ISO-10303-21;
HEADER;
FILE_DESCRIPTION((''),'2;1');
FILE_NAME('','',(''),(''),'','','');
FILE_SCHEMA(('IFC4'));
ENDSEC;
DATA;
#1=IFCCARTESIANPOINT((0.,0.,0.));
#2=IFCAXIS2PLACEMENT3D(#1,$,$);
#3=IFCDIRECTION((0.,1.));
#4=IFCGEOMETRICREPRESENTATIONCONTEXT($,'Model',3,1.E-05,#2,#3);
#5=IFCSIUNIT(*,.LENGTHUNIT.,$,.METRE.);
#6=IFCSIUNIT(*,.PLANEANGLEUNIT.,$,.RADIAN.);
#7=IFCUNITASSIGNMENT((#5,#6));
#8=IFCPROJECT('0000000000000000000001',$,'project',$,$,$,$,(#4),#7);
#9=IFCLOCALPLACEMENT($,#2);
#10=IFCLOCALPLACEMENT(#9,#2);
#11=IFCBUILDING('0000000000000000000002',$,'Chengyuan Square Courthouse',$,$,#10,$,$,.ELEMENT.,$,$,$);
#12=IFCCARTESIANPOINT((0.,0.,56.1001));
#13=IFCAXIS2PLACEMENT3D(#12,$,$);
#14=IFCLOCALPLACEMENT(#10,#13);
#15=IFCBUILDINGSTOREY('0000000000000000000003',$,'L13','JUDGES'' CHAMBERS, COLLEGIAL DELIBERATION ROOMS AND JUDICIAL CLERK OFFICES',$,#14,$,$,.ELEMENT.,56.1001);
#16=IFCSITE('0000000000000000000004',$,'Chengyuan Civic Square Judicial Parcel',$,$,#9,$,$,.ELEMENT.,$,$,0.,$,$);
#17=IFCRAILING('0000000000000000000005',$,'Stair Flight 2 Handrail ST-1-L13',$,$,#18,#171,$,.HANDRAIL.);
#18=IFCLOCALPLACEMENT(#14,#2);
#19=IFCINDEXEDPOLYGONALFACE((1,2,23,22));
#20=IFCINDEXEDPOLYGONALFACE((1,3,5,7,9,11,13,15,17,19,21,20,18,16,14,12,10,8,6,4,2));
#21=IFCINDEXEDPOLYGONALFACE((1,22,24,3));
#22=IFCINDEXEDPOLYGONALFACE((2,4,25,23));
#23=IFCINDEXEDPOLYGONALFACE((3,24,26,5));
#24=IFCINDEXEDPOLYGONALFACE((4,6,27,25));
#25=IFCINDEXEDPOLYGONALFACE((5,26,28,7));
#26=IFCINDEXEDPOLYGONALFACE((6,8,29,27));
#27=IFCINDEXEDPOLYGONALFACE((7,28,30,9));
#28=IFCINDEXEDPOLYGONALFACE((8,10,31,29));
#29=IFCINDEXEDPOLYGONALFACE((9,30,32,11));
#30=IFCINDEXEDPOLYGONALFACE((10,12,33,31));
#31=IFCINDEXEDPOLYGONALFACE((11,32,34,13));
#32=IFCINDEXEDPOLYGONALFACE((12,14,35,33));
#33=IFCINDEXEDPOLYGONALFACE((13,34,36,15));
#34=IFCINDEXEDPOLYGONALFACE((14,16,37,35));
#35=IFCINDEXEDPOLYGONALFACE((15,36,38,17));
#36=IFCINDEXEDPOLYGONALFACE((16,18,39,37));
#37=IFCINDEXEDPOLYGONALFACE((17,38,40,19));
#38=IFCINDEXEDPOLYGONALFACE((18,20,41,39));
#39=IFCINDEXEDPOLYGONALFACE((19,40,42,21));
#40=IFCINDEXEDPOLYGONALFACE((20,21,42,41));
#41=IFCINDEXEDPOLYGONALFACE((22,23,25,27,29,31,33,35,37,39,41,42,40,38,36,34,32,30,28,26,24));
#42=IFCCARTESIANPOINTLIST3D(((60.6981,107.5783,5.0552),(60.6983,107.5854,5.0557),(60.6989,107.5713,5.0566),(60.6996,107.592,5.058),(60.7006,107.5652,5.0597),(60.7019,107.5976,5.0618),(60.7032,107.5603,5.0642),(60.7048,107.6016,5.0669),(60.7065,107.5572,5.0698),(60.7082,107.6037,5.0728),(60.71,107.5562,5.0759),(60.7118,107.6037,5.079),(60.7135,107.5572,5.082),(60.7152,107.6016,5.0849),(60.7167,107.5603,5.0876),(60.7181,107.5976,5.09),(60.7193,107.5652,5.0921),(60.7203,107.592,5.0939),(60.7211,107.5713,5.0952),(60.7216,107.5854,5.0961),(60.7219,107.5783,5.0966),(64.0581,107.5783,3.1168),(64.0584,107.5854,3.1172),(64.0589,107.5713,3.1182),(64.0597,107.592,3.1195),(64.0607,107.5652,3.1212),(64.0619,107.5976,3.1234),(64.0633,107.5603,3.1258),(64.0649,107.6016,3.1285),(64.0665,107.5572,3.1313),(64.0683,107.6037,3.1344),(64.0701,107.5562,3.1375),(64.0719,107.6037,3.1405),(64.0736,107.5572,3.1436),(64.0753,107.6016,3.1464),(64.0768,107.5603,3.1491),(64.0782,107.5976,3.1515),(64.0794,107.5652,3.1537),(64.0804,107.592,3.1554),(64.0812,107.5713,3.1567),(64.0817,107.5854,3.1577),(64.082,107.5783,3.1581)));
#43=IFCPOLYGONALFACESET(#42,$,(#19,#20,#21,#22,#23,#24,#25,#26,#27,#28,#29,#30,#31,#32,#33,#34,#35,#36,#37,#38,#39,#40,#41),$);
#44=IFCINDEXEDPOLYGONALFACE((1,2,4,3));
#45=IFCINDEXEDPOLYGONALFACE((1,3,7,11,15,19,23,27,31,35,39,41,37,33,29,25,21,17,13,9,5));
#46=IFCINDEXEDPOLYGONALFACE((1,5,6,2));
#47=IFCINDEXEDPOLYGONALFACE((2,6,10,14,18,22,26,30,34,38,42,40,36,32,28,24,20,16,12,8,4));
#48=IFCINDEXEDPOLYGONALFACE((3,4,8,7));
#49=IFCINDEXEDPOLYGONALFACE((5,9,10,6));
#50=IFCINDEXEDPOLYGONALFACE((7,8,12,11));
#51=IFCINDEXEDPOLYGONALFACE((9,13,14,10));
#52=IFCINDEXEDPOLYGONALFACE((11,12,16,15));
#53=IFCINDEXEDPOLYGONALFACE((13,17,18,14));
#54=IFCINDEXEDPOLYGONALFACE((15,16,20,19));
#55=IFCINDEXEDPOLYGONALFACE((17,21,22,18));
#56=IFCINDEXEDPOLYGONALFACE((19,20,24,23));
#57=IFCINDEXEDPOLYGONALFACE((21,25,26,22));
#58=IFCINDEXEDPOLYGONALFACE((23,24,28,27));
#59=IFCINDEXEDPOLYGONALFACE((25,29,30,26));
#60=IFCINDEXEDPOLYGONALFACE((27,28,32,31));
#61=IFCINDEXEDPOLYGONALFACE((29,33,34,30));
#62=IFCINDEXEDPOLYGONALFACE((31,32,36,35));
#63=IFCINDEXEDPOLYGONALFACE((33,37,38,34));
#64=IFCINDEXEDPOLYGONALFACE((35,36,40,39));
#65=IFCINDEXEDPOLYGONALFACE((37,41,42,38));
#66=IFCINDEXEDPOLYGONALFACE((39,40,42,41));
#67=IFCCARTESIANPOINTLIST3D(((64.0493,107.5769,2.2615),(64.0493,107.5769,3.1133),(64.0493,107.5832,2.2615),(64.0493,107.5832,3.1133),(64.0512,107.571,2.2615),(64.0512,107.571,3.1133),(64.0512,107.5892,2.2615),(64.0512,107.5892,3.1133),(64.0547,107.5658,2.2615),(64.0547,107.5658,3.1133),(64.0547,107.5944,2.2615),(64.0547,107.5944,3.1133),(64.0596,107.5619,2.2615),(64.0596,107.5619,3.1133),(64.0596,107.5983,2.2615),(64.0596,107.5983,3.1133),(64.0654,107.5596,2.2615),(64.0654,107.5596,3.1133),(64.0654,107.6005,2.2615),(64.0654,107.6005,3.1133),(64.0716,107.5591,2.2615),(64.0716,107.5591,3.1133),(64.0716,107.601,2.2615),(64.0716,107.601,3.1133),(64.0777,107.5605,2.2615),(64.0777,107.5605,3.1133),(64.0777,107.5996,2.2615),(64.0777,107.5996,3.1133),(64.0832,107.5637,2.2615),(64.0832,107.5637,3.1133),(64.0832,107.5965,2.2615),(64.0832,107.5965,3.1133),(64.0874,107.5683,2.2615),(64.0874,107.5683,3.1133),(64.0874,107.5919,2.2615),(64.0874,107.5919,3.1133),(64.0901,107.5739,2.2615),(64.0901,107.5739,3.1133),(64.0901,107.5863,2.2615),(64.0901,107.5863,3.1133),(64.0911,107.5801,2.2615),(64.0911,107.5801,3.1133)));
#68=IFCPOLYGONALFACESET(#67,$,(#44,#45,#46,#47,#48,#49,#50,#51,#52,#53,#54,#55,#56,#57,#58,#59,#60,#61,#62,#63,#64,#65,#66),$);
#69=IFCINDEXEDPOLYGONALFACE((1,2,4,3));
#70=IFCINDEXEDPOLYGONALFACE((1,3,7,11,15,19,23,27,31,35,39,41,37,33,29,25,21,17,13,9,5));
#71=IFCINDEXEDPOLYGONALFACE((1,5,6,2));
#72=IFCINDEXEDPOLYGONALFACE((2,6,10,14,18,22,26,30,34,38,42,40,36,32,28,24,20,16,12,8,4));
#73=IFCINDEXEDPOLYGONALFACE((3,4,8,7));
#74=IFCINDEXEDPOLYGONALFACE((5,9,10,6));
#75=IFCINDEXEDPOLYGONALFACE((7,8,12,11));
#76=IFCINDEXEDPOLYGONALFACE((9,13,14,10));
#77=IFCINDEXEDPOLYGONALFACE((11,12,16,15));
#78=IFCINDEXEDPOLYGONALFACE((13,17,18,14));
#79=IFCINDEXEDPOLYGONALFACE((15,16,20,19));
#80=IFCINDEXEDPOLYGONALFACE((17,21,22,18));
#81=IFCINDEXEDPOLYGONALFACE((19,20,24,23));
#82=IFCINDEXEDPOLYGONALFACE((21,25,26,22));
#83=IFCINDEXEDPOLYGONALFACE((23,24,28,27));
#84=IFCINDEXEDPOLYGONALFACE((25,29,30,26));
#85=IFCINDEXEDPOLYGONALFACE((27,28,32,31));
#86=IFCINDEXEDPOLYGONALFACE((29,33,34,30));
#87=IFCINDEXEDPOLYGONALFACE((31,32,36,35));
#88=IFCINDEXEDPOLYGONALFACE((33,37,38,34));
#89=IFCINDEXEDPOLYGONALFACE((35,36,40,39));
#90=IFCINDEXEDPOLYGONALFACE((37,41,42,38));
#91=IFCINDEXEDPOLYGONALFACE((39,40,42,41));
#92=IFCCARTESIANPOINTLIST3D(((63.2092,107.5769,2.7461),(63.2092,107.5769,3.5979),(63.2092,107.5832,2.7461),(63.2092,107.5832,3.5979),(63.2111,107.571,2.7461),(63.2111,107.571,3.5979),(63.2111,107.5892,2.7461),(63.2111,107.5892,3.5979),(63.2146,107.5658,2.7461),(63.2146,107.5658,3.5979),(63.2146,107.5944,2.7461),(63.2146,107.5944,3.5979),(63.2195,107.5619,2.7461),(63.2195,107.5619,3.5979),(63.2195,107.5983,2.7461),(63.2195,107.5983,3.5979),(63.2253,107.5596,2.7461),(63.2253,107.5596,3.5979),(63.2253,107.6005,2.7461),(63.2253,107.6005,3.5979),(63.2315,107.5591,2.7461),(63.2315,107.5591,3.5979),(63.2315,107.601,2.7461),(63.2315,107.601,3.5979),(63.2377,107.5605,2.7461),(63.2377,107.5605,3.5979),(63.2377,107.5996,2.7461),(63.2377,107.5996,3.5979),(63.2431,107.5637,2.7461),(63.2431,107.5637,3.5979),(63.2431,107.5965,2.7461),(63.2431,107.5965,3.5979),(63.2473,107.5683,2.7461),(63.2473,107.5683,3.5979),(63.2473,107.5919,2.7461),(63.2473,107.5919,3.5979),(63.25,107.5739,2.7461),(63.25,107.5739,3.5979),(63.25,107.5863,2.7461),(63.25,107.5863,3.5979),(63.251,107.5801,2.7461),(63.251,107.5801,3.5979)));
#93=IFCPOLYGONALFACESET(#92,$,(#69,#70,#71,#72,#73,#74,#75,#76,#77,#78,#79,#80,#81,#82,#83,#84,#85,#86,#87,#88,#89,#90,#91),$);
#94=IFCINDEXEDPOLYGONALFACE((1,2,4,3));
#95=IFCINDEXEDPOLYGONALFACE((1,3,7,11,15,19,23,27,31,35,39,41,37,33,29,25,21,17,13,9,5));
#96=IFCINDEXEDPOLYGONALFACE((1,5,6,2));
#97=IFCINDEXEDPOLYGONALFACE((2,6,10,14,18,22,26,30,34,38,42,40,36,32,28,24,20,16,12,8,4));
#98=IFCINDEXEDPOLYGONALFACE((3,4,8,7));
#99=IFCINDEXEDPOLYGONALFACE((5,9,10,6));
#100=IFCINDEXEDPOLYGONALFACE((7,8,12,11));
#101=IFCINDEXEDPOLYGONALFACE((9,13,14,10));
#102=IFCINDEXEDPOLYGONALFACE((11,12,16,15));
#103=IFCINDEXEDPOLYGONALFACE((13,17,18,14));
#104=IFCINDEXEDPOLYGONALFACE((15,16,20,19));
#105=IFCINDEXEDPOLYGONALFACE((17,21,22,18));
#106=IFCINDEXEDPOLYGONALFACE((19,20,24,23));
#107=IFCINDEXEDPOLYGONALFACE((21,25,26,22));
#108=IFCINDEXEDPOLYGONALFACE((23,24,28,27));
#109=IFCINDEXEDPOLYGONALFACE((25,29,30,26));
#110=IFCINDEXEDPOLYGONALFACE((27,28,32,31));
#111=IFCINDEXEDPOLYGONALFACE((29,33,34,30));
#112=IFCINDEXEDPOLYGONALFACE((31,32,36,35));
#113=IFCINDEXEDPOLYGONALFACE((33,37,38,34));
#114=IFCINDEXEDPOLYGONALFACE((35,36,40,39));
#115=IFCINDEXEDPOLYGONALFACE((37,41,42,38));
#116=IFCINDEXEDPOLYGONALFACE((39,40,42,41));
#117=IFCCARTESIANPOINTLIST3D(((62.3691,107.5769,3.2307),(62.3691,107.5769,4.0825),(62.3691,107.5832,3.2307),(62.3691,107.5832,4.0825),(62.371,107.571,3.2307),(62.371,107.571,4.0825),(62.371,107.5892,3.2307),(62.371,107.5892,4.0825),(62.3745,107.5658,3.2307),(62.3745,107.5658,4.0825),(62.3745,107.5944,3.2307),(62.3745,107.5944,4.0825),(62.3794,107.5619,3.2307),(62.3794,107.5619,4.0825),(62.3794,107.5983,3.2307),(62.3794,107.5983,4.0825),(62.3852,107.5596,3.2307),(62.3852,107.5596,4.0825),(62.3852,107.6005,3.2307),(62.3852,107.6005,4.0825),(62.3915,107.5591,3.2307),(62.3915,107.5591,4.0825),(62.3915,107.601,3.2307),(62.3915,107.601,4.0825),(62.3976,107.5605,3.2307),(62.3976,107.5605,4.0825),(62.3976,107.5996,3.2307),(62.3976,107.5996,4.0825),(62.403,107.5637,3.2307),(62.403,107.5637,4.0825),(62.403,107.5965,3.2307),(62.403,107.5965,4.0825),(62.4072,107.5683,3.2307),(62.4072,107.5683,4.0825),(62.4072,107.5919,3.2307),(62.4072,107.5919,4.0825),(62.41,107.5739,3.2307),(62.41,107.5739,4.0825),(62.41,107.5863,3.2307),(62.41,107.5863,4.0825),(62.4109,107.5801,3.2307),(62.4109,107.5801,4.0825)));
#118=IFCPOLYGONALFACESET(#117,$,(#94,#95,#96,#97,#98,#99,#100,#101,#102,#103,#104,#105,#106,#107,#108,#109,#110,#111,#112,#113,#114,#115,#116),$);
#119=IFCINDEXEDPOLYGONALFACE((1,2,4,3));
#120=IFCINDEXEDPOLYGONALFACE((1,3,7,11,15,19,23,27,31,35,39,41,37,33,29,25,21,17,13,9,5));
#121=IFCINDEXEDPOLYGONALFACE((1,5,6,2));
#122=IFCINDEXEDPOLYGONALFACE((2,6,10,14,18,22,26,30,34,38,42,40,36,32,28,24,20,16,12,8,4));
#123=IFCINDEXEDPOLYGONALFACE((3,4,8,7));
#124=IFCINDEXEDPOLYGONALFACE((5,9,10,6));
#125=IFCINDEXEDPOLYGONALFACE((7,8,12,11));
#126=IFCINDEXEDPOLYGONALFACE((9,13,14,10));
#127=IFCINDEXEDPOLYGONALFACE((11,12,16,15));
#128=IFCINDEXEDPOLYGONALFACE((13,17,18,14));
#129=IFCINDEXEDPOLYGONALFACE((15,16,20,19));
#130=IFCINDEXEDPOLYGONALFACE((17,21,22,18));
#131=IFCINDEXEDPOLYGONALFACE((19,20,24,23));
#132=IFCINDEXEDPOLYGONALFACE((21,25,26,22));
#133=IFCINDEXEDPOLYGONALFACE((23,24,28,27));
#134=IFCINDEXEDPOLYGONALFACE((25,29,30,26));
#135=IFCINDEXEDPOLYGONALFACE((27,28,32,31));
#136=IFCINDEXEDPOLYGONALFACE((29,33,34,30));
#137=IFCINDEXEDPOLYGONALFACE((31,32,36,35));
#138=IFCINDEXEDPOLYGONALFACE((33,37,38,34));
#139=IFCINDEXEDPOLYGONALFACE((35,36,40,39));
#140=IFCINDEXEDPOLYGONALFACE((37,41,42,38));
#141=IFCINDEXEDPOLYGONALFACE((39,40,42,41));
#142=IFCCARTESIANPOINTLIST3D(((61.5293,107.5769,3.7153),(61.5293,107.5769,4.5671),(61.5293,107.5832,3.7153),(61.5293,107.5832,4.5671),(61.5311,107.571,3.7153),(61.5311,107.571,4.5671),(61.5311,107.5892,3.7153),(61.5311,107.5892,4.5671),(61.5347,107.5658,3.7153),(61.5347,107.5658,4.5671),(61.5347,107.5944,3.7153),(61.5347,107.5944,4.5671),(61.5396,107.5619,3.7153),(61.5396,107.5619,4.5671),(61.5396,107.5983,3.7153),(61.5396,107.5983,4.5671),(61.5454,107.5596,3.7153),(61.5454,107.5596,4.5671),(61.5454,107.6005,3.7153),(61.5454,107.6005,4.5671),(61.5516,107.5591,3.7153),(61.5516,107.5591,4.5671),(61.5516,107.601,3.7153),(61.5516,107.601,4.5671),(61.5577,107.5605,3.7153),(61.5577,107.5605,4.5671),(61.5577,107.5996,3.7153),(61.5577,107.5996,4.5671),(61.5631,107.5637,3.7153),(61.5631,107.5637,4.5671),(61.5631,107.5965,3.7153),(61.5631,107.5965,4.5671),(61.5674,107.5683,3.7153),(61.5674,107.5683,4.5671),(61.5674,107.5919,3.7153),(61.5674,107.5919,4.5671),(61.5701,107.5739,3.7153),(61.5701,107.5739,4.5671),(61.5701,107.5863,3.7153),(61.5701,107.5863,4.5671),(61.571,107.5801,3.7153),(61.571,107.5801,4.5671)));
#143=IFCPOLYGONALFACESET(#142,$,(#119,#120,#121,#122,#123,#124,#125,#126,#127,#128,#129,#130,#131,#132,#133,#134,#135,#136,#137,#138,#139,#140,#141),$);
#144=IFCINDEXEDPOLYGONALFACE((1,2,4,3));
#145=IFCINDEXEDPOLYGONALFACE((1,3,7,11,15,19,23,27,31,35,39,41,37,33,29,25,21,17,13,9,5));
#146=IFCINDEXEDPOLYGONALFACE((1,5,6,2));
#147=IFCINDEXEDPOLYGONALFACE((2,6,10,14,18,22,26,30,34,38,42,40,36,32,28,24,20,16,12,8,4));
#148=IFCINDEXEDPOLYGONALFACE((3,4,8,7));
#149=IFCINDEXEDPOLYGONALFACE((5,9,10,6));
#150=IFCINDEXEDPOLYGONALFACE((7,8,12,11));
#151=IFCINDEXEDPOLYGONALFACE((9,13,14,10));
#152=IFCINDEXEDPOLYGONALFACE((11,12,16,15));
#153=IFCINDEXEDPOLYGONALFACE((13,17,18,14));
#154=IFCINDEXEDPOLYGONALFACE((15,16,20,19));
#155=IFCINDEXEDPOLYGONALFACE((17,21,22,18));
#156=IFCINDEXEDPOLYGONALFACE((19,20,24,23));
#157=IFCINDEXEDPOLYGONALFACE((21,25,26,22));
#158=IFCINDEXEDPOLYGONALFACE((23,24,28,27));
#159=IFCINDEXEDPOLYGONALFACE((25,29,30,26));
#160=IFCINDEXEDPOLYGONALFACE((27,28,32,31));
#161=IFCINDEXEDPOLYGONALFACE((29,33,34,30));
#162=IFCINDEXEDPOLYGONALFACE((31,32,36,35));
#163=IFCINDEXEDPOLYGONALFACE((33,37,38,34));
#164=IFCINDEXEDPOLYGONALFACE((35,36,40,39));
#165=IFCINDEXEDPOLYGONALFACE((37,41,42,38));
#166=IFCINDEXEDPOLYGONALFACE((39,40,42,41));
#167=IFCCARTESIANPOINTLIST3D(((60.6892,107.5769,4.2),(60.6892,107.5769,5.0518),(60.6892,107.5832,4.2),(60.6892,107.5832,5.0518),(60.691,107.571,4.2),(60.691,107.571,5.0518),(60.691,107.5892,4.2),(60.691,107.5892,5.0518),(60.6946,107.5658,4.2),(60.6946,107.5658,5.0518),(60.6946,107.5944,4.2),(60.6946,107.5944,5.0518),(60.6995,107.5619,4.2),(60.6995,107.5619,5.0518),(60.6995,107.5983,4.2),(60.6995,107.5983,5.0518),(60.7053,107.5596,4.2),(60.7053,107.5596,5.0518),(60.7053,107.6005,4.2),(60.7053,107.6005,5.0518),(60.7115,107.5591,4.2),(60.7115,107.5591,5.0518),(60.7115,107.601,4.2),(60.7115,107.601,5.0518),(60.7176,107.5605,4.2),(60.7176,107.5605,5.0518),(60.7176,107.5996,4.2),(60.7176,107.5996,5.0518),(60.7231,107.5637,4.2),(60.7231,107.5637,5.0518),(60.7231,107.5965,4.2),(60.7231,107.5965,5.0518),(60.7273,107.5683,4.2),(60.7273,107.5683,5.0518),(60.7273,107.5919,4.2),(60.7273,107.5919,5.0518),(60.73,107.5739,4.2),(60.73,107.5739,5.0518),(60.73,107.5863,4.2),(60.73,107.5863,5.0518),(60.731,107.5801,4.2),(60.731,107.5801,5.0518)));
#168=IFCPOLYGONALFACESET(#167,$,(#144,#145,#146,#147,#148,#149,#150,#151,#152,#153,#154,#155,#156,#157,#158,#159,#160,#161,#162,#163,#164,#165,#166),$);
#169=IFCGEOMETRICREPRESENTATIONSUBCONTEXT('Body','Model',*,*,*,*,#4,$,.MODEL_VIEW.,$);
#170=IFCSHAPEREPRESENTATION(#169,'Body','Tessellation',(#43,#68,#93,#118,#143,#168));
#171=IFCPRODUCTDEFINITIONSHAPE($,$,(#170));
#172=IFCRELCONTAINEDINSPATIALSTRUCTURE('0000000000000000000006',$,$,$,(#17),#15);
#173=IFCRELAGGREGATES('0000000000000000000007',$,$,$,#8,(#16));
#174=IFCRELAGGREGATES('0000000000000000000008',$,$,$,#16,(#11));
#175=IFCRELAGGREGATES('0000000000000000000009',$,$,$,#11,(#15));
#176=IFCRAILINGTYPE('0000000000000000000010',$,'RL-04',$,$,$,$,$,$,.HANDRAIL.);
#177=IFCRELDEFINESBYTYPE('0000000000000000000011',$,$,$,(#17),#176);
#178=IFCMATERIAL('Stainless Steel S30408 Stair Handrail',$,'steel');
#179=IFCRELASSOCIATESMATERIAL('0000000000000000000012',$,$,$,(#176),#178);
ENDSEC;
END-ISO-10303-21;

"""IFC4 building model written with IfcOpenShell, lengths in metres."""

from ifc_helpers import new_model, si_unit, direction, frame, origin, origin_2d, place, context, subcontext, project, spatial, circle, extrude, material, type_object, element, save


model = new_model("IFC4")

# Units and contexts
model_context = context("Model", 3, precision=1e-05, world=origin(), true_north=direction((0.0, 1.0)))
body_context = subcontext(model_context, "Body", "Model", "MODEL_VIEW")
ifc_project = project(units=[si_unit("LENGTHUNIT", "METRE"), si_unit("PLANEANGLEUNIT", "RADIAN")], contexts=[model_context])

# Site, building, storey
site_placement = place(None, origin())
site = spatial("IfcSite", under=ifc_project, at=site_placement, Name="Chengyuan Civic Square Judicial Parcel", CompositionType="ELEMENT", RefElevation=0.0)
building_placement = place(site_placement, origin())
building = spatial("IfcBuilding", under=site, at=building_placement, Name="Chengyuan Square Courthouse", CompositionType="ELEMENT")
storey_placement = place(building_placement, frame((0.0, 0.0, 56.1001)))
storey = spatial("IfcBuildingStorey", under=building, at=storey_placement, Name="L13", Description="JUDGES' CHAMBERS, COLLEGIAL DELIBERATION ROOMS AND JUDICIAL CLERK OFFICES", CompositionType="ELEMENT", Elevation=56.1001)

# Railing
ifc_material_1 = material(Name="Stainless Steel S30408 Stair Handrail", Category="steel")
railing_type_1 = type_object("IfcRailingType", Name="RL-04", PredefinedType="HANDRAIL", material=ifc_material_1)
for number, where, name in (
    (1, (64.0701, 107.5801, 2.2615), "Stair Flight 2 Handrail ST-1-L13"),
):
    element("IfcRailing", number, at=place(storey_placement, frame(where)), inside=storey, type_object=railing_type_1, Name=name, PredefinedType="HANDRAIL", context=body_context, shape_type="SweptSolid", body=[
        extrude(circle(Radius=0.0239, at=origin_2d()), frame((0.0, 0.0, 0.876), z_axis=(-0.866191, 0.0, 0.499713), x_axis=(0.0, -1.0, 0.0)), (0.0, 0.0, 1.0), 3.8792),
        extrude(circle(Radius=0.021, at=origin_2d()), origin(), (0.0, 0.0, 1.0), 0.8518),
        extrude(circle(Radius=0.021, at=origin_2d()), frame((-0.8401, 0.0, 0.4846)), (0.0, 0.0, 1.0), 0.8518),
        extrude(circle(Radius=0.021, at=origin_2d()), frame((-1.6802, 0.0, 0.9692)), (0.0, 0.0, 1.0), 0.8518),
        extrude(circle(Radius=0.021, at=origin_2d()), frame((-2.52, 0.0, 1.4539)), (0.0, 0.0, 1.0), 0.8518),
        extrude(circle(Radius=0.021, at=origin_2d()), frame((-3.3601, 0.0, 1.9385)), (0.0, 0.0, 1.0), 0.8518),
    ])

save(model, "model.ifc")
